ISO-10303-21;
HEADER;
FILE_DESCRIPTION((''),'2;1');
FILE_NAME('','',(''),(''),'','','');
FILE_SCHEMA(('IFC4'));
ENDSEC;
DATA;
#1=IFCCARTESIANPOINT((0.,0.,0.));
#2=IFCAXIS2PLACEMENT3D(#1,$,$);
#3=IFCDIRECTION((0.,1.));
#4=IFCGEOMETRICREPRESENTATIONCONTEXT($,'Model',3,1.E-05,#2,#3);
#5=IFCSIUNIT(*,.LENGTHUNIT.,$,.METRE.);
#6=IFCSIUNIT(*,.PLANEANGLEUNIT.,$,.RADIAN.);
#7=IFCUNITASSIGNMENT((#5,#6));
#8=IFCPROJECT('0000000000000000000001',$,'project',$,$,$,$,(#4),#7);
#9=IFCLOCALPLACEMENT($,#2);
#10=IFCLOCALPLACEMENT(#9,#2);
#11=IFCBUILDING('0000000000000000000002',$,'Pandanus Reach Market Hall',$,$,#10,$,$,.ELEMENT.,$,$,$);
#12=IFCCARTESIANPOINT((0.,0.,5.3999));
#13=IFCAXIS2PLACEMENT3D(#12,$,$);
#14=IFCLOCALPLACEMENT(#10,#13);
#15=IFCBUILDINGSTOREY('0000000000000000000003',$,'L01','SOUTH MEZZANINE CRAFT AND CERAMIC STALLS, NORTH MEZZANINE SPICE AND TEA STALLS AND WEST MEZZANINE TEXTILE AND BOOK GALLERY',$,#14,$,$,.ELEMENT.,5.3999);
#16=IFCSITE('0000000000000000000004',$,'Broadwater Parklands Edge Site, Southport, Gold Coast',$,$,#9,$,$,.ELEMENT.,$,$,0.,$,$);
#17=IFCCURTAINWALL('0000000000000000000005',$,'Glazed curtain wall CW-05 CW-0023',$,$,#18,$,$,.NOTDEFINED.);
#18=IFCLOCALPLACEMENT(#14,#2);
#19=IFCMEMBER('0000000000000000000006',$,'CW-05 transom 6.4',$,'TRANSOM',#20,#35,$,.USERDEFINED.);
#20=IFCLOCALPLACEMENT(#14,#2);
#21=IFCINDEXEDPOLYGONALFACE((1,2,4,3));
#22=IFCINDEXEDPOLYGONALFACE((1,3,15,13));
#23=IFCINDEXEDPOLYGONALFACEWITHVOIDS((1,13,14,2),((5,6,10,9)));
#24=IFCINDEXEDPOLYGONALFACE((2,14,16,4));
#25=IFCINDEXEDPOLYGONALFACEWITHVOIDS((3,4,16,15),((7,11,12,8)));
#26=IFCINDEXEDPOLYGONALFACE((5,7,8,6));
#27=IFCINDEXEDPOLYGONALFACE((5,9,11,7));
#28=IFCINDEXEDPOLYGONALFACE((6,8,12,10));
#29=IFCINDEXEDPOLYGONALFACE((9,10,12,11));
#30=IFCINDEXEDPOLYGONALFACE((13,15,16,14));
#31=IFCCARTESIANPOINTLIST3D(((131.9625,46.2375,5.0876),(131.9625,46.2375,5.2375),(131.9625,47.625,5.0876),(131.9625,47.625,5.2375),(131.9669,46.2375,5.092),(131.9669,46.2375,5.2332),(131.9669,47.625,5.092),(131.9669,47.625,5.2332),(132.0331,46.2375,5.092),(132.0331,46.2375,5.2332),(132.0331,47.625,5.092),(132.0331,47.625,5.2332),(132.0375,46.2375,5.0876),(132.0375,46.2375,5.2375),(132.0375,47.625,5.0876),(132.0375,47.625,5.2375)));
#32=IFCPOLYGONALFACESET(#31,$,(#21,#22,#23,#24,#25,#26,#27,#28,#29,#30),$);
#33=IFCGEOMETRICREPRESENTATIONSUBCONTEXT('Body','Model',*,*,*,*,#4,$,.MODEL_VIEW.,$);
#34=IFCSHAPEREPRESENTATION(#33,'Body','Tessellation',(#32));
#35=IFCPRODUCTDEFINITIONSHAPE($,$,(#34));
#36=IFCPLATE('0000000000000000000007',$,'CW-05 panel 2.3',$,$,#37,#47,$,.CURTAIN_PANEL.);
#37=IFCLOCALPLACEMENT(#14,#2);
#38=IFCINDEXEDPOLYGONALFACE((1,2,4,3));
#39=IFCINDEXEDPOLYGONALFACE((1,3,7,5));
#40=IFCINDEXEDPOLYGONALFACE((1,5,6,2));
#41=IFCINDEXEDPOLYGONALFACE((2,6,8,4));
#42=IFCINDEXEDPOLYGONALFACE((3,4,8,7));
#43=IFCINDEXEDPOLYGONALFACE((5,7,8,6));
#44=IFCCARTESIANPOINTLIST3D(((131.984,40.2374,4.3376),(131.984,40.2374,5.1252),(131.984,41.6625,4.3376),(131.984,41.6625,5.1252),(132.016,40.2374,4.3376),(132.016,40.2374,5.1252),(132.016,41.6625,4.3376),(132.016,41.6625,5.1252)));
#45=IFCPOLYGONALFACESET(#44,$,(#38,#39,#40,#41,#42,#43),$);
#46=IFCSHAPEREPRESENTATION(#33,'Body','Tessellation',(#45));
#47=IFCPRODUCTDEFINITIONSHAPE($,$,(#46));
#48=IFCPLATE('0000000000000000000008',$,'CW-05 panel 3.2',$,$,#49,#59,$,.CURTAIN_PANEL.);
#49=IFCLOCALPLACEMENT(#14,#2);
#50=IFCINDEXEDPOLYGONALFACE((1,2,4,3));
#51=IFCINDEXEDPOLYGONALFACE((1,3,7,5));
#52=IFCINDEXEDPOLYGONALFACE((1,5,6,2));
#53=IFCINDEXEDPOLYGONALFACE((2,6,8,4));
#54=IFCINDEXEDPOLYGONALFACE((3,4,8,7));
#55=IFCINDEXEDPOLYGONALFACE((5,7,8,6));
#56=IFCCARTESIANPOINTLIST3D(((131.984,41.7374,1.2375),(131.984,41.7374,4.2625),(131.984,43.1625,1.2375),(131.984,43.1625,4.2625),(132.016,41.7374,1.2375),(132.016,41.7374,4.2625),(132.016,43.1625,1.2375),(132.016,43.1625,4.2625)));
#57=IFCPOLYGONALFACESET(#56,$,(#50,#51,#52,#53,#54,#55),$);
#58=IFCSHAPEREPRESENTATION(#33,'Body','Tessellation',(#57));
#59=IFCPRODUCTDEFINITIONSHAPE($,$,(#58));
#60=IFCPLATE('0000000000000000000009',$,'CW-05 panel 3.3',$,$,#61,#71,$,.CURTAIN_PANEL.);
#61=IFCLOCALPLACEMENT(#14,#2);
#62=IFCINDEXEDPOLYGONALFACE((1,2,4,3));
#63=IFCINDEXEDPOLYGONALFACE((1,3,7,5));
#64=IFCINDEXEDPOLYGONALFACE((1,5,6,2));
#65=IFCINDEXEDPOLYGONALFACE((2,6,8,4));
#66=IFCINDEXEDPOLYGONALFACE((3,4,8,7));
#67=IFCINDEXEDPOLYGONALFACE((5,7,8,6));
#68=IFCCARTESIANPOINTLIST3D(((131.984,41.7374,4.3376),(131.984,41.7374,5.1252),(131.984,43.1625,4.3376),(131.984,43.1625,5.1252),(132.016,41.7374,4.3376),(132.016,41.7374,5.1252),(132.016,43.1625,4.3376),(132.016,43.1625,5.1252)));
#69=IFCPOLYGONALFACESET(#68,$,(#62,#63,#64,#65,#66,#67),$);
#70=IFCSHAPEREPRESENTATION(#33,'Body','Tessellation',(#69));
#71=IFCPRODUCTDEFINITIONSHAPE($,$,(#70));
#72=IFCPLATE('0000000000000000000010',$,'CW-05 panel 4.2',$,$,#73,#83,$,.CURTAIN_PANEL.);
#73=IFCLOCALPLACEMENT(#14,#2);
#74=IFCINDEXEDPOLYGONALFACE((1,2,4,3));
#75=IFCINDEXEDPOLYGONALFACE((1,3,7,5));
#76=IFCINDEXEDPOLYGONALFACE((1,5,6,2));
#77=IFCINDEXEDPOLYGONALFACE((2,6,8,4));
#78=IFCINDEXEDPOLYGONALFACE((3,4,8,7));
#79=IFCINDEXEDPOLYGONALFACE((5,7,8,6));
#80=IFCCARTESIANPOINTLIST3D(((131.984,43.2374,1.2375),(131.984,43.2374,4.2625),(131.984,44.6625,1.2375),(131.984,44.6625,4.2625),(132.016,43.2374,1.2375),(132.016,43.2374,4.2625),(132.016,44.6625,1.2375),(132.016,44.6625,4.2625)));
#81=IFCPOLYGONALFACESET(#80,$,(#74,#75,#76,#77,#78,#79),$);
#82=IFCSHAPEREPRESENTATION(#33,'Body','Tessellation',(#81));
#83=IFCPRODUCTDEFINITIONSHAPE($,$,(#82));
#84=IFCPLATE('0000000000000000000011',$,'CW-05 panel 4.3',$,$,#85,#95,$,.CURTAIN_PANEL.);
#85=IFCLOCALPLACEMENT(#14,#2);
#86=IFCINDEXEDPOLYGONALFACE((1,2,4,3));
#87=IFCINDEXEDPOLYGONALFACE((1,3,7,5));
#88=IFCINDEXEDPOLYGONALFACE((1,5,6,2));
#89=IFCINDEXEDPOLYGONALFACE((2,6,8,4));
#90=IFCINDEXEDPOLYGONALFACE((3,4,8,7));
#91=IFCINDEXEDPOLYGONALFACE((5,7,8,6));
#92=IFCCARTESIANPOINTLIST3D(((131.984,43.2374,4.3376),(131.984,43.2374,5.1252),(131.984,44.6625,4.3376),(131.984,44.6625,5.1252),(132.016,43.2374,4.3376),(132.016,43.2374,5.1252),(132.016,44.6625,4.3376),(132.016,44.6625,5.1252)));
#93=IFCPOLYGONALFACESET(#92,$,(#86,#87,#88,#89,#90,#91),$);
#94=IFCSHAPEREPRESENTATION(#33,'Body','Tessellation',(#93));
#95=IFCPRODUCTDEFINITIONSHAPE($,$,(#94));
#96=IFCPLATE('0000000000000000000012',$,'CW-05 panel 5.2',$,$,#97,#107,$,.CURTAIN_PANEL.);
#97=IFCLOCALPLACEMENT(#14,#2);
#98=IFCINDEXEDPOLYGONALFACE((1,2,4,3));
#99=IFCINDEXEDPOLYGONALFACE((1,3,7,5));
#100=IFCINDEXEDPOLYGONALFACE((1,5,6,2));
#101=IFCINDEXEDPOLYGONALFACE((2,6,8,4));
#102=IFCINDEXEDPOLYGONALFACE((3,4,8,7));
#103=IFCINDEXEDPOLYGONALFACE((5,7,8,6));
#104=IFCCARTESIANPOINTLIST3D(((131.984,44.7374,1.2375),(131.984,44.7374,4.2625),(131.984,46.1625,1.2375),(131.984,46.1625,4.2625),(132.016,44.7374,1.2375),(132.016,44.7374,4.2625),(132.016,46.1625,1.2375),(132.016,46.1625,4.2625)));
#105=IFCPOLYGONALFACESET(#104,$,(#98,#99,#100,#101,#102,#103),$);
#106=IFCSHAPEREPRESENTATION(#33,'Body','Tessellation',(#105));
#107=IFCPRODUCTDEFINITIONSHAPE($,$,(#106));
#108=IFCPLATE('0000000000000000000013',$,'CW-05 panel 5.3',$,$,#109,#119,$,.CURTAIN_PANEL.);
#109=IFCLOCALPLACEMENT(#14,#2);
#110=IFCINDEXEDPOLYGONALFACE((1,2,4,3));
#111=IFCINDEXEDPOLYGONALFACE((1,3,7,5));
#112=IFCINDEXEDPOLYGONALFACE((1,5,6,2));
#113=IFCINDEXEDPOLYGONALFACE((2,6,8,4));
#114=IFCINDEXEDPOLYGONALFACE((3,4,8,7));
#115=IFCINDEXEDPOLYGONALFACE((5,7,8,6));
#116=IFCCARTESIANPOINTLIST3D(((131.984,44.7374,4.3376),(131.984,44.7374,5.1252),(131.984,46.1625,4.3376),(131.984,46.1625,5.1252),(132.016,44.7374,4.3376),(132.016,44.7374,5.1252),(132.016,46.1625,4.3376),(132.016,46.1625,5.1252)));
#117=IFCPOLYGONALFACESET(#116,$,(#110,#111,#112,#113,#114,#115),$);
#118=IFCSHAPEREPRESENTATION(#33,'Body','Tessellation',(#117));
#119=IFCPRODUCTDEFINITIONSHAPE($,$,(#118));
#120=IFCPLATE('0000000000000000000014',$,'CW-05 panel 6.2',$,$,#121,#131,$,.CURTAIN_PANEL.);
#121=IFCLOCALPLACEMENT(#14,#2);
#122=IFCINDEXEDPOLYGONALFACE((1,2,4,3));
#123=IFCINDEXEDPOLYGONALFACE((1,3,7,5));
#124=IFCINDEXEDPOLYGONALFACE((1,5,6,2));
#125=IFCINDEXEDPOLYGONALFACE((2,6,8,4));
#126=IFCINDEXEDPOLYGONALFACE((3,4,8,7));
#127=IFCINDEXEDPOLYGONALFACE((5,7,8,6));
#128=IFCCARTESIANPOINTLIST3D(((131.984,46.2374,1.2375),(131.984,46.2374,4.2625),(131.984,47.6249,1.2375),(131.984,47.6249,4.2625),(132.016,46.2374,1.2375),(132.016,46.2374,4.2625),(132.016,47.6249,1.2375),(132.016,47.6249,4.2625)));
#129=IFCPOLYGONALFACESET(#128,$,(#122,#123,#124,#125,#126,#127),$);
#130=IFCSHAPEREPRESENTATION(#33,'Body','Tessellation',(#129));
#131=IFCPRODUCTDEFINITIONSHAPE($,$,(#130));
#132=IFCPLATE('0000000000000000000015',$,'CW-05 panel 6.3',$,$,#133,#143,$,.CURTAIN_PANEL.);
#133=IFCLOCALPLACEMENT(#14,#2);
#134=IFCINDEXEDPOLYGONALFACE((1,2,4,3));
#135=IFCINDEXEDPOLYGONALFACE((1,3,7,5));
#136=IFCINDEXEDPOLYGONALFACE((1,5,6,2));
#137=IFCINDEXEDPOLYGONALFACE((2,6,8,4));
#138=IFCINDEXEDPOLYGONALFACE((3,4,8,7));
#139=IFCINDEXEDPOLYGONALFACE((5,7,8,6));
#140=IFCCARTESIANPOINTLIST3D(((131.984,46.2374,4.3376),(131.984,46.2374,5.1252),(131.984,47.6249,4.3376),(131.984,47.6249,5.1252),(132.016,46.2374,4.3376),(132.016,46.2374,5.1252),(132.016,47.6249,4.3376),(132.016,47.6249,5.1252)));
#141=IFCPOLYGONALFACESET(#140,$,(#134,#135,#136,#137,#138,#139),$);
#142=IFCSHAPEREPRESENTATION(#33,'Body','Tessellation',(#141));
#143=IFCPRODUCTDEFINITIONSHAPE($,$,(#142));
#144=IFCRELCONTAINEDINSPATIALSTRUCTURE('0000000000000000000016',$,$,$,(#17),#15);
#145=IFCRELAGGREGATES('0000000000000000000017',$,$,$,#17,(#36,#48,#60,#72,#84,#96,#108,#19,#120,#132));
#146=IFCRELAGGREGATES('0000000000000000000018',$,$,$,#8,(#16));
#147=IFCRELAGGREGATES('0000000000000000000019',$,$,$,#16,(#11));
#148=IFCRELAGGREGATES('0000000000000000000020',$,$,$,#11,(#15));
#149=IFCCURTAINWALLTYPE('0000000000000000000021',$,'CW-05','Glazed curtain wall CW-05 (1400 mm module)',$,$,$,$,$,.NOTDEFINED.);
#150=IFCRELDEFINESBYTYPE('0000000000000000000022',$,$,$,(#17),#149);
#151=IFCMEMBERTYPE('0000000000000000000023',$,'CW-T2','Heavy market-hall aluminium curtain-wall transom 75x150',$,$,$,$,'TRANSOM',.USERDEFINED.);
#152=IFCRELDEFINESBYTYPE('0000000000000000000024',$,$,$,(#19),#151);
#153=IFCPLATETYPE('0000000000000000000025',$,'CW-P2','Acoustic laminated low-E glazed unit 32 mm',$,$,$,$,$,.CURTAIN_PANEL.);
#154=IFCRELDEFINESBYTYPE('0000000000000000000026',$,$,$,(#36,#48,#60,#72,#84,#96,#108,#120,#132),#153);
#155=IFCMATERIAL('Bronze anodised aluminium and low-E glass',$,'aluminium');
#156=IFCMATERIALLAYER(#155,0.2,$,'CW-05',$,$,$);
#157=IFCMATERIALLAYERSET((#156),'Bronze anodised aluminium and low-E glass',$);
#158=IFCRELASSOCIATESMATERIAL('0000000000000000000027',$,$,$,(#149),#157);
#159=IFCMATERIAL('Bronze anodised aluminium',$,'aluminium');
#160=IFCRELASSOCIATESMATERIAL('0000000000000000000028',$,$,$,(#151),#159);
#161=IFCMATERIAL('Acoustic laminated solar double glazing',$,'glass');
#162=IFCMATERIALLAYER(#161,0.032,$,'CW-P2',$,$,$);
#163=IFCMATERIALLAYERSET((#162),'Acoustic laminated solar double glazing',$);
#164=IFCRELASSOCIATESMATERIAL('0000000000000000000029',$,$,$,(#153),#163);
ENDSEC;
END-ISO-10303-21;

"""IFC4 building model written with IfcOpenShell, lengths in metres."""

from ifc_helpers import new_model, si_unit, direction, frame, origin, origin_2d, place, context, subcontext, project, spatial, rectangle, hollow_rectangle, extrude, material, layer, layer_set, material_profile, profile_set, type_object, element, aggregate, save


model = new_model("IFC4")

# Units and contexts
model_context = context("Model", 3, precision=1e-05, world=origin(), true_north=direction((0.0, 1.0)))
body_context = subcontext(model_context, "Body", "Model", "MODEL_VIEW")
ifc_project = project(units=[si_unit("LENGTHUNIT", "METRE"), si_unit("PLANEANGLEUNIT", "RADIAN")], contexts=[model_context])

# Site, building, storey
site_placement = place(None, origin())
site = spatial("IfcSite", under=ifc_project, at=site_placement, Name="Broadwater Parklands Edge Site, Southport, Gold Coast", CompositionType="ELEMENT", RefElevation=0.0)
building_placement = place(site_placement, origin())
building = spatial("IfcBuilding", under=site, at=building_placement, Name="Pandanus Reach Market Hall", CompositionType="ELEMENT")
storey_placement = place(building_placement, frame((0.0, 0.0, 5.3999)))
storey = spatial("IfcBuildingStorey", under=building, at=storey_placement, Name="L01", Description="SOUTH MEZZANINE CRAFT AND CERAMIC STALLS, NORTH MEZZANINE SPICE AND TEA STALLS AND WEST MEZZANINE TEXTILE AND BOOK GALLERY", CompositionType="ELEMENT", Elevation=5.3999)

# Curtain wall, member, plates
ifc_material_1 = material(Name="Bronze anodised aluminium and low-E glass", Category="aluminium")
ifc_layer_1 = layer(ifc_material_1, 0.2, Name="CW-05")
ifc_layer_set_1 = layer_set([ifc_layer_1], Name="Bronze anodised aluminium and low-E glass")
curtain_wall_type = type_object("IfcCurtainWallType", Name="CW-05", Description="Glazed curtain wall CW-05 (1400 mm module)", PredefinedType="NOTDEFINED", material=ifc_layer_set_1)
curtain_wall_placement = place(storey_placement, origin())
curtain_wall = element("IfcCurtainWall", 1, at=curtain_wall_placement, inside=storey, type_object=curtain_wall_type, Name="Glazed curtain wall CW-05 CW-0023", PredefinedType="NOTDEFINED")
ifc_material_2 = material(Name="Bronze anodised aluminium", Category="aluminium")
ifc_material_profile_1 = material_profile(ifc_material_2, hollow_rectangle(XDim=0.075, YDim=0.1499, WallThickness=0.0044, at=origin_2d()), Name="ALU75x150", Category="LoadBearing")
ifc_profile_set_1 = profile_set([ifc_material_profile_1], Name="Bronze anodised aluminium")
member_type_1 = type_object("IfcMemberType", Name="CW-T2", Description="Heavy market-hall aluminium curtain-wall transom 75x150", ElementType="TRANSOM", PredefinedType="USERDEFINED", material=ifc_profile_set_1)
member_1_placement = place(storey_placement, frame((132.0, 46.2375, 5.1626), z_axis=(0.0, 1.0, 0.0), x_axis=(-1.0, 0.0, 0.0)))
member_1 = element("IfcMember", 2, at=member_1_placement, type_object=member_type_1, Name="CW-05 transom 6.4", ObjectType="TRANSOM", PredefinedType="USERDEFINED", context=body_context, shape_type="SweptSolid", body=[
    extrude(hollow_rectangle(XDim=0.075, YDim=0.1499, WallThickness=0.0044, at=origin_2d()), origin(), (0.0, 0.0, 1.0), 1.3875),
])
ifc_material_3 = material(Name="Acoustic laminated solar double glazing", Category="glass")
ifc_layer_2 = layer(ifc_material_3, 0.032, Name="CW-P2")
ifc_layer_set_2 = layer_set([ifc_layer_2], Name="Acoustic laminated solar double glazing")
plate_type = type_object("IfcPlateType", Name="CW-P2", Description="Acoustic laminated low-E glazed unit 32 mm", PredefinedType="CURTAIN_PANEL", material=ifc_layer_set_2)
plate_1_placement = place(storey_placement, frame((132.0, 40.95, 4.3376), z_axis=(0.0, 0.0, 1.0), x_axis=(0.0, 1.0, 0.0)))
plate_1 = element("IfcPlate", 3, at=plate_1_placement, type_object=plate_type, Name="CW-05 panel 2.3", PredefinedType="CURTAIN_PANEL", context=body_context, shape_type="SweptSolid", body=[
    extrude(rectangle(XDim=1.425, YDim=0.032, at=origin_2d()), origin(), (0.0, 0.0, 1.0), 0.7876),
])
plate_2_placement = place(storey_placement, frame((132.0, 42.45, 1.2375), z_axis=(0.0, 0.0, 1.0), x_axis=(0.0, 1.0, 0.0)))
plate_2 = element("IfcPlate", 4, at=plate_2_placement, type_object=plate_type, Name="CW-05 panel 3.2", PredefinedType="CURTAIN_PANEL", context=body_context, shape_type="SweptSolid", body=[
    extrude(rectangle(XDim=1.425, YDim=0.032, at=origin_2d()), origin(), (0.0, 0.0, 1.0), 3.0249),
])
plate_3_placement = place(storey_placement, frame((132.0, 42.45, 4.3376), z_axis=(0.0, 0.0, 1.0), x_axis=(0.0, 1.0, 0.0)))
plate_3 = element("IfcPlate", 5, at=plate_3_placement, type_object=plate_type, Name="CW-05 panel 3.3", PredefinedType="CURTAIN_PANEL", context=body_context, shape_type="SweptSolid", body=[
    extrude(rectangle(XDim=1.425, YDim=0.032, at=origin_2d()), origin(), (0.0, 0.0, 1.0), 0.7876),
])
plate_4_placement = place(storey_placement, frame((132.0, 43.95, 1.2375), z_axis=(0.0, 0.0, 1.0), x_axis=(0.0, 1.0, 0.0)))
plate_4 = element("IfcPlate", 6, at=plate_4_placement, type_object=plate_type, Name="CW-05 panel 4.2", PredefinedType="CURTAIN_PANEL", context=body_context, shape_type="SweptSolid", body=[
    extrude(rectangle(XDim=1.425, YDim=0.032, at=origin_2d()), origin(), (0.0, 0.0, 1.0), 3.0249),
])
plate_5_placement = place(storey_placement, frame((132.0, 43.95, 4.3376), z_axis=(0.0, 0.0, 1.0), x_axis=(0.0, 1.0, 0.0)))
plate_5 = element("IfcPlate", 7, at=plate_5_placement, type_object=plate_type, Name="CW-05 panel 4.3", PredefinedType="CURTAIN_PANEL", context=body_context, shape_type="SweptSolid", body=[
    extrude(rectangle(XDim=1.425, YDim=0.032, at=origin_2d()), origin(), (0.0, 0.0, 1.0), 0.7876),
])
plate_6_placement = place(storey_placement, frame((132.0, 45.45, 1.2375), z_axis=(0.0, 0.0, 1.0), x_axis=(0.0, 1.0, 0.0)))
plate_6 = element("IfcPlate", 8, at=plate_6_placement, type_object=plate_type, Name="CW-05 panel 5.2", PredefinedType="CURTAIN_PANEL", context=body_context, shape_type="SweptSolid", body=[
    extrude(rectangle(XDim=1.425, YDim=0.032, at=origin_2d()), origin(), (0.0, 0.0, 1.0), 3.0249),
])
plate_7_placement = place(storey_placement, frame((132.0, 45.45, 4.3376), z_axis=(0.0, 0.0, 1.0), x_axis=(0.0, 1.0, 0.0)))
plate_7 = element("IfcPlate", 9, at=plate_7_placement, type_object=plate_type, Name="CW-05 panel 5.3", PredefinedType="CURTAIN_PANEL", context=body_context, shape_type="SweptSolid", body=[
    extrude(rectangle(XDim=1.425, YDim=0.032, at=origin_2d()), origin(), (0.0, 0.0, 1.0), 0.7876),
])
plate_8_placement = place(storey_placement, frame((132.0, 46.9312, 1.2375), z_axis=(0.0, 0.0, 1.0), x_axis=(0.0, 1.0, 0.0)))
plate_8 = element("IfcPlate", 10, at=plate_8_placement, type_object=plate_type, Name="CW-05 panel 6.2", PredefinedType="CURTAIN_PANEL", context=body_context, shape_type="SweptSolid", body=[
    extrude(rectangle(XDim=1.3875, YDim=0.032, at=origin_2d()), origin(), (0.0, 0.0, 1.0), 3.0249),
])
plate_9_placement = place(storey_placement, frame((132.0, 46.9312, 4.3376), z_axis=(0.0, 0.0, 1.0), x_axis=(0.0, 1.0, 0.0)))
plate_9 = element("IfcPlate", 11, at=plate_9_placement, type_object=plate_type, Name="CW-05 panel 6.3", PredefinedType="CURTAIN_PANEL", context=body_context, shape_type="SweptSolid", body=[
    extrude(rectangle(XDim=1.3875, YDim=0.032, at=origin_2d()), origin(), (0.0, 0.0, 1.0), 0.7876),
])
aggregate(curtain_wall, [plate_1, plate_2, plate_3, plate_4, plate_5, plate_6, plate_7, member_1, plate_8, plate_9])

save(model, "model.ifc")
